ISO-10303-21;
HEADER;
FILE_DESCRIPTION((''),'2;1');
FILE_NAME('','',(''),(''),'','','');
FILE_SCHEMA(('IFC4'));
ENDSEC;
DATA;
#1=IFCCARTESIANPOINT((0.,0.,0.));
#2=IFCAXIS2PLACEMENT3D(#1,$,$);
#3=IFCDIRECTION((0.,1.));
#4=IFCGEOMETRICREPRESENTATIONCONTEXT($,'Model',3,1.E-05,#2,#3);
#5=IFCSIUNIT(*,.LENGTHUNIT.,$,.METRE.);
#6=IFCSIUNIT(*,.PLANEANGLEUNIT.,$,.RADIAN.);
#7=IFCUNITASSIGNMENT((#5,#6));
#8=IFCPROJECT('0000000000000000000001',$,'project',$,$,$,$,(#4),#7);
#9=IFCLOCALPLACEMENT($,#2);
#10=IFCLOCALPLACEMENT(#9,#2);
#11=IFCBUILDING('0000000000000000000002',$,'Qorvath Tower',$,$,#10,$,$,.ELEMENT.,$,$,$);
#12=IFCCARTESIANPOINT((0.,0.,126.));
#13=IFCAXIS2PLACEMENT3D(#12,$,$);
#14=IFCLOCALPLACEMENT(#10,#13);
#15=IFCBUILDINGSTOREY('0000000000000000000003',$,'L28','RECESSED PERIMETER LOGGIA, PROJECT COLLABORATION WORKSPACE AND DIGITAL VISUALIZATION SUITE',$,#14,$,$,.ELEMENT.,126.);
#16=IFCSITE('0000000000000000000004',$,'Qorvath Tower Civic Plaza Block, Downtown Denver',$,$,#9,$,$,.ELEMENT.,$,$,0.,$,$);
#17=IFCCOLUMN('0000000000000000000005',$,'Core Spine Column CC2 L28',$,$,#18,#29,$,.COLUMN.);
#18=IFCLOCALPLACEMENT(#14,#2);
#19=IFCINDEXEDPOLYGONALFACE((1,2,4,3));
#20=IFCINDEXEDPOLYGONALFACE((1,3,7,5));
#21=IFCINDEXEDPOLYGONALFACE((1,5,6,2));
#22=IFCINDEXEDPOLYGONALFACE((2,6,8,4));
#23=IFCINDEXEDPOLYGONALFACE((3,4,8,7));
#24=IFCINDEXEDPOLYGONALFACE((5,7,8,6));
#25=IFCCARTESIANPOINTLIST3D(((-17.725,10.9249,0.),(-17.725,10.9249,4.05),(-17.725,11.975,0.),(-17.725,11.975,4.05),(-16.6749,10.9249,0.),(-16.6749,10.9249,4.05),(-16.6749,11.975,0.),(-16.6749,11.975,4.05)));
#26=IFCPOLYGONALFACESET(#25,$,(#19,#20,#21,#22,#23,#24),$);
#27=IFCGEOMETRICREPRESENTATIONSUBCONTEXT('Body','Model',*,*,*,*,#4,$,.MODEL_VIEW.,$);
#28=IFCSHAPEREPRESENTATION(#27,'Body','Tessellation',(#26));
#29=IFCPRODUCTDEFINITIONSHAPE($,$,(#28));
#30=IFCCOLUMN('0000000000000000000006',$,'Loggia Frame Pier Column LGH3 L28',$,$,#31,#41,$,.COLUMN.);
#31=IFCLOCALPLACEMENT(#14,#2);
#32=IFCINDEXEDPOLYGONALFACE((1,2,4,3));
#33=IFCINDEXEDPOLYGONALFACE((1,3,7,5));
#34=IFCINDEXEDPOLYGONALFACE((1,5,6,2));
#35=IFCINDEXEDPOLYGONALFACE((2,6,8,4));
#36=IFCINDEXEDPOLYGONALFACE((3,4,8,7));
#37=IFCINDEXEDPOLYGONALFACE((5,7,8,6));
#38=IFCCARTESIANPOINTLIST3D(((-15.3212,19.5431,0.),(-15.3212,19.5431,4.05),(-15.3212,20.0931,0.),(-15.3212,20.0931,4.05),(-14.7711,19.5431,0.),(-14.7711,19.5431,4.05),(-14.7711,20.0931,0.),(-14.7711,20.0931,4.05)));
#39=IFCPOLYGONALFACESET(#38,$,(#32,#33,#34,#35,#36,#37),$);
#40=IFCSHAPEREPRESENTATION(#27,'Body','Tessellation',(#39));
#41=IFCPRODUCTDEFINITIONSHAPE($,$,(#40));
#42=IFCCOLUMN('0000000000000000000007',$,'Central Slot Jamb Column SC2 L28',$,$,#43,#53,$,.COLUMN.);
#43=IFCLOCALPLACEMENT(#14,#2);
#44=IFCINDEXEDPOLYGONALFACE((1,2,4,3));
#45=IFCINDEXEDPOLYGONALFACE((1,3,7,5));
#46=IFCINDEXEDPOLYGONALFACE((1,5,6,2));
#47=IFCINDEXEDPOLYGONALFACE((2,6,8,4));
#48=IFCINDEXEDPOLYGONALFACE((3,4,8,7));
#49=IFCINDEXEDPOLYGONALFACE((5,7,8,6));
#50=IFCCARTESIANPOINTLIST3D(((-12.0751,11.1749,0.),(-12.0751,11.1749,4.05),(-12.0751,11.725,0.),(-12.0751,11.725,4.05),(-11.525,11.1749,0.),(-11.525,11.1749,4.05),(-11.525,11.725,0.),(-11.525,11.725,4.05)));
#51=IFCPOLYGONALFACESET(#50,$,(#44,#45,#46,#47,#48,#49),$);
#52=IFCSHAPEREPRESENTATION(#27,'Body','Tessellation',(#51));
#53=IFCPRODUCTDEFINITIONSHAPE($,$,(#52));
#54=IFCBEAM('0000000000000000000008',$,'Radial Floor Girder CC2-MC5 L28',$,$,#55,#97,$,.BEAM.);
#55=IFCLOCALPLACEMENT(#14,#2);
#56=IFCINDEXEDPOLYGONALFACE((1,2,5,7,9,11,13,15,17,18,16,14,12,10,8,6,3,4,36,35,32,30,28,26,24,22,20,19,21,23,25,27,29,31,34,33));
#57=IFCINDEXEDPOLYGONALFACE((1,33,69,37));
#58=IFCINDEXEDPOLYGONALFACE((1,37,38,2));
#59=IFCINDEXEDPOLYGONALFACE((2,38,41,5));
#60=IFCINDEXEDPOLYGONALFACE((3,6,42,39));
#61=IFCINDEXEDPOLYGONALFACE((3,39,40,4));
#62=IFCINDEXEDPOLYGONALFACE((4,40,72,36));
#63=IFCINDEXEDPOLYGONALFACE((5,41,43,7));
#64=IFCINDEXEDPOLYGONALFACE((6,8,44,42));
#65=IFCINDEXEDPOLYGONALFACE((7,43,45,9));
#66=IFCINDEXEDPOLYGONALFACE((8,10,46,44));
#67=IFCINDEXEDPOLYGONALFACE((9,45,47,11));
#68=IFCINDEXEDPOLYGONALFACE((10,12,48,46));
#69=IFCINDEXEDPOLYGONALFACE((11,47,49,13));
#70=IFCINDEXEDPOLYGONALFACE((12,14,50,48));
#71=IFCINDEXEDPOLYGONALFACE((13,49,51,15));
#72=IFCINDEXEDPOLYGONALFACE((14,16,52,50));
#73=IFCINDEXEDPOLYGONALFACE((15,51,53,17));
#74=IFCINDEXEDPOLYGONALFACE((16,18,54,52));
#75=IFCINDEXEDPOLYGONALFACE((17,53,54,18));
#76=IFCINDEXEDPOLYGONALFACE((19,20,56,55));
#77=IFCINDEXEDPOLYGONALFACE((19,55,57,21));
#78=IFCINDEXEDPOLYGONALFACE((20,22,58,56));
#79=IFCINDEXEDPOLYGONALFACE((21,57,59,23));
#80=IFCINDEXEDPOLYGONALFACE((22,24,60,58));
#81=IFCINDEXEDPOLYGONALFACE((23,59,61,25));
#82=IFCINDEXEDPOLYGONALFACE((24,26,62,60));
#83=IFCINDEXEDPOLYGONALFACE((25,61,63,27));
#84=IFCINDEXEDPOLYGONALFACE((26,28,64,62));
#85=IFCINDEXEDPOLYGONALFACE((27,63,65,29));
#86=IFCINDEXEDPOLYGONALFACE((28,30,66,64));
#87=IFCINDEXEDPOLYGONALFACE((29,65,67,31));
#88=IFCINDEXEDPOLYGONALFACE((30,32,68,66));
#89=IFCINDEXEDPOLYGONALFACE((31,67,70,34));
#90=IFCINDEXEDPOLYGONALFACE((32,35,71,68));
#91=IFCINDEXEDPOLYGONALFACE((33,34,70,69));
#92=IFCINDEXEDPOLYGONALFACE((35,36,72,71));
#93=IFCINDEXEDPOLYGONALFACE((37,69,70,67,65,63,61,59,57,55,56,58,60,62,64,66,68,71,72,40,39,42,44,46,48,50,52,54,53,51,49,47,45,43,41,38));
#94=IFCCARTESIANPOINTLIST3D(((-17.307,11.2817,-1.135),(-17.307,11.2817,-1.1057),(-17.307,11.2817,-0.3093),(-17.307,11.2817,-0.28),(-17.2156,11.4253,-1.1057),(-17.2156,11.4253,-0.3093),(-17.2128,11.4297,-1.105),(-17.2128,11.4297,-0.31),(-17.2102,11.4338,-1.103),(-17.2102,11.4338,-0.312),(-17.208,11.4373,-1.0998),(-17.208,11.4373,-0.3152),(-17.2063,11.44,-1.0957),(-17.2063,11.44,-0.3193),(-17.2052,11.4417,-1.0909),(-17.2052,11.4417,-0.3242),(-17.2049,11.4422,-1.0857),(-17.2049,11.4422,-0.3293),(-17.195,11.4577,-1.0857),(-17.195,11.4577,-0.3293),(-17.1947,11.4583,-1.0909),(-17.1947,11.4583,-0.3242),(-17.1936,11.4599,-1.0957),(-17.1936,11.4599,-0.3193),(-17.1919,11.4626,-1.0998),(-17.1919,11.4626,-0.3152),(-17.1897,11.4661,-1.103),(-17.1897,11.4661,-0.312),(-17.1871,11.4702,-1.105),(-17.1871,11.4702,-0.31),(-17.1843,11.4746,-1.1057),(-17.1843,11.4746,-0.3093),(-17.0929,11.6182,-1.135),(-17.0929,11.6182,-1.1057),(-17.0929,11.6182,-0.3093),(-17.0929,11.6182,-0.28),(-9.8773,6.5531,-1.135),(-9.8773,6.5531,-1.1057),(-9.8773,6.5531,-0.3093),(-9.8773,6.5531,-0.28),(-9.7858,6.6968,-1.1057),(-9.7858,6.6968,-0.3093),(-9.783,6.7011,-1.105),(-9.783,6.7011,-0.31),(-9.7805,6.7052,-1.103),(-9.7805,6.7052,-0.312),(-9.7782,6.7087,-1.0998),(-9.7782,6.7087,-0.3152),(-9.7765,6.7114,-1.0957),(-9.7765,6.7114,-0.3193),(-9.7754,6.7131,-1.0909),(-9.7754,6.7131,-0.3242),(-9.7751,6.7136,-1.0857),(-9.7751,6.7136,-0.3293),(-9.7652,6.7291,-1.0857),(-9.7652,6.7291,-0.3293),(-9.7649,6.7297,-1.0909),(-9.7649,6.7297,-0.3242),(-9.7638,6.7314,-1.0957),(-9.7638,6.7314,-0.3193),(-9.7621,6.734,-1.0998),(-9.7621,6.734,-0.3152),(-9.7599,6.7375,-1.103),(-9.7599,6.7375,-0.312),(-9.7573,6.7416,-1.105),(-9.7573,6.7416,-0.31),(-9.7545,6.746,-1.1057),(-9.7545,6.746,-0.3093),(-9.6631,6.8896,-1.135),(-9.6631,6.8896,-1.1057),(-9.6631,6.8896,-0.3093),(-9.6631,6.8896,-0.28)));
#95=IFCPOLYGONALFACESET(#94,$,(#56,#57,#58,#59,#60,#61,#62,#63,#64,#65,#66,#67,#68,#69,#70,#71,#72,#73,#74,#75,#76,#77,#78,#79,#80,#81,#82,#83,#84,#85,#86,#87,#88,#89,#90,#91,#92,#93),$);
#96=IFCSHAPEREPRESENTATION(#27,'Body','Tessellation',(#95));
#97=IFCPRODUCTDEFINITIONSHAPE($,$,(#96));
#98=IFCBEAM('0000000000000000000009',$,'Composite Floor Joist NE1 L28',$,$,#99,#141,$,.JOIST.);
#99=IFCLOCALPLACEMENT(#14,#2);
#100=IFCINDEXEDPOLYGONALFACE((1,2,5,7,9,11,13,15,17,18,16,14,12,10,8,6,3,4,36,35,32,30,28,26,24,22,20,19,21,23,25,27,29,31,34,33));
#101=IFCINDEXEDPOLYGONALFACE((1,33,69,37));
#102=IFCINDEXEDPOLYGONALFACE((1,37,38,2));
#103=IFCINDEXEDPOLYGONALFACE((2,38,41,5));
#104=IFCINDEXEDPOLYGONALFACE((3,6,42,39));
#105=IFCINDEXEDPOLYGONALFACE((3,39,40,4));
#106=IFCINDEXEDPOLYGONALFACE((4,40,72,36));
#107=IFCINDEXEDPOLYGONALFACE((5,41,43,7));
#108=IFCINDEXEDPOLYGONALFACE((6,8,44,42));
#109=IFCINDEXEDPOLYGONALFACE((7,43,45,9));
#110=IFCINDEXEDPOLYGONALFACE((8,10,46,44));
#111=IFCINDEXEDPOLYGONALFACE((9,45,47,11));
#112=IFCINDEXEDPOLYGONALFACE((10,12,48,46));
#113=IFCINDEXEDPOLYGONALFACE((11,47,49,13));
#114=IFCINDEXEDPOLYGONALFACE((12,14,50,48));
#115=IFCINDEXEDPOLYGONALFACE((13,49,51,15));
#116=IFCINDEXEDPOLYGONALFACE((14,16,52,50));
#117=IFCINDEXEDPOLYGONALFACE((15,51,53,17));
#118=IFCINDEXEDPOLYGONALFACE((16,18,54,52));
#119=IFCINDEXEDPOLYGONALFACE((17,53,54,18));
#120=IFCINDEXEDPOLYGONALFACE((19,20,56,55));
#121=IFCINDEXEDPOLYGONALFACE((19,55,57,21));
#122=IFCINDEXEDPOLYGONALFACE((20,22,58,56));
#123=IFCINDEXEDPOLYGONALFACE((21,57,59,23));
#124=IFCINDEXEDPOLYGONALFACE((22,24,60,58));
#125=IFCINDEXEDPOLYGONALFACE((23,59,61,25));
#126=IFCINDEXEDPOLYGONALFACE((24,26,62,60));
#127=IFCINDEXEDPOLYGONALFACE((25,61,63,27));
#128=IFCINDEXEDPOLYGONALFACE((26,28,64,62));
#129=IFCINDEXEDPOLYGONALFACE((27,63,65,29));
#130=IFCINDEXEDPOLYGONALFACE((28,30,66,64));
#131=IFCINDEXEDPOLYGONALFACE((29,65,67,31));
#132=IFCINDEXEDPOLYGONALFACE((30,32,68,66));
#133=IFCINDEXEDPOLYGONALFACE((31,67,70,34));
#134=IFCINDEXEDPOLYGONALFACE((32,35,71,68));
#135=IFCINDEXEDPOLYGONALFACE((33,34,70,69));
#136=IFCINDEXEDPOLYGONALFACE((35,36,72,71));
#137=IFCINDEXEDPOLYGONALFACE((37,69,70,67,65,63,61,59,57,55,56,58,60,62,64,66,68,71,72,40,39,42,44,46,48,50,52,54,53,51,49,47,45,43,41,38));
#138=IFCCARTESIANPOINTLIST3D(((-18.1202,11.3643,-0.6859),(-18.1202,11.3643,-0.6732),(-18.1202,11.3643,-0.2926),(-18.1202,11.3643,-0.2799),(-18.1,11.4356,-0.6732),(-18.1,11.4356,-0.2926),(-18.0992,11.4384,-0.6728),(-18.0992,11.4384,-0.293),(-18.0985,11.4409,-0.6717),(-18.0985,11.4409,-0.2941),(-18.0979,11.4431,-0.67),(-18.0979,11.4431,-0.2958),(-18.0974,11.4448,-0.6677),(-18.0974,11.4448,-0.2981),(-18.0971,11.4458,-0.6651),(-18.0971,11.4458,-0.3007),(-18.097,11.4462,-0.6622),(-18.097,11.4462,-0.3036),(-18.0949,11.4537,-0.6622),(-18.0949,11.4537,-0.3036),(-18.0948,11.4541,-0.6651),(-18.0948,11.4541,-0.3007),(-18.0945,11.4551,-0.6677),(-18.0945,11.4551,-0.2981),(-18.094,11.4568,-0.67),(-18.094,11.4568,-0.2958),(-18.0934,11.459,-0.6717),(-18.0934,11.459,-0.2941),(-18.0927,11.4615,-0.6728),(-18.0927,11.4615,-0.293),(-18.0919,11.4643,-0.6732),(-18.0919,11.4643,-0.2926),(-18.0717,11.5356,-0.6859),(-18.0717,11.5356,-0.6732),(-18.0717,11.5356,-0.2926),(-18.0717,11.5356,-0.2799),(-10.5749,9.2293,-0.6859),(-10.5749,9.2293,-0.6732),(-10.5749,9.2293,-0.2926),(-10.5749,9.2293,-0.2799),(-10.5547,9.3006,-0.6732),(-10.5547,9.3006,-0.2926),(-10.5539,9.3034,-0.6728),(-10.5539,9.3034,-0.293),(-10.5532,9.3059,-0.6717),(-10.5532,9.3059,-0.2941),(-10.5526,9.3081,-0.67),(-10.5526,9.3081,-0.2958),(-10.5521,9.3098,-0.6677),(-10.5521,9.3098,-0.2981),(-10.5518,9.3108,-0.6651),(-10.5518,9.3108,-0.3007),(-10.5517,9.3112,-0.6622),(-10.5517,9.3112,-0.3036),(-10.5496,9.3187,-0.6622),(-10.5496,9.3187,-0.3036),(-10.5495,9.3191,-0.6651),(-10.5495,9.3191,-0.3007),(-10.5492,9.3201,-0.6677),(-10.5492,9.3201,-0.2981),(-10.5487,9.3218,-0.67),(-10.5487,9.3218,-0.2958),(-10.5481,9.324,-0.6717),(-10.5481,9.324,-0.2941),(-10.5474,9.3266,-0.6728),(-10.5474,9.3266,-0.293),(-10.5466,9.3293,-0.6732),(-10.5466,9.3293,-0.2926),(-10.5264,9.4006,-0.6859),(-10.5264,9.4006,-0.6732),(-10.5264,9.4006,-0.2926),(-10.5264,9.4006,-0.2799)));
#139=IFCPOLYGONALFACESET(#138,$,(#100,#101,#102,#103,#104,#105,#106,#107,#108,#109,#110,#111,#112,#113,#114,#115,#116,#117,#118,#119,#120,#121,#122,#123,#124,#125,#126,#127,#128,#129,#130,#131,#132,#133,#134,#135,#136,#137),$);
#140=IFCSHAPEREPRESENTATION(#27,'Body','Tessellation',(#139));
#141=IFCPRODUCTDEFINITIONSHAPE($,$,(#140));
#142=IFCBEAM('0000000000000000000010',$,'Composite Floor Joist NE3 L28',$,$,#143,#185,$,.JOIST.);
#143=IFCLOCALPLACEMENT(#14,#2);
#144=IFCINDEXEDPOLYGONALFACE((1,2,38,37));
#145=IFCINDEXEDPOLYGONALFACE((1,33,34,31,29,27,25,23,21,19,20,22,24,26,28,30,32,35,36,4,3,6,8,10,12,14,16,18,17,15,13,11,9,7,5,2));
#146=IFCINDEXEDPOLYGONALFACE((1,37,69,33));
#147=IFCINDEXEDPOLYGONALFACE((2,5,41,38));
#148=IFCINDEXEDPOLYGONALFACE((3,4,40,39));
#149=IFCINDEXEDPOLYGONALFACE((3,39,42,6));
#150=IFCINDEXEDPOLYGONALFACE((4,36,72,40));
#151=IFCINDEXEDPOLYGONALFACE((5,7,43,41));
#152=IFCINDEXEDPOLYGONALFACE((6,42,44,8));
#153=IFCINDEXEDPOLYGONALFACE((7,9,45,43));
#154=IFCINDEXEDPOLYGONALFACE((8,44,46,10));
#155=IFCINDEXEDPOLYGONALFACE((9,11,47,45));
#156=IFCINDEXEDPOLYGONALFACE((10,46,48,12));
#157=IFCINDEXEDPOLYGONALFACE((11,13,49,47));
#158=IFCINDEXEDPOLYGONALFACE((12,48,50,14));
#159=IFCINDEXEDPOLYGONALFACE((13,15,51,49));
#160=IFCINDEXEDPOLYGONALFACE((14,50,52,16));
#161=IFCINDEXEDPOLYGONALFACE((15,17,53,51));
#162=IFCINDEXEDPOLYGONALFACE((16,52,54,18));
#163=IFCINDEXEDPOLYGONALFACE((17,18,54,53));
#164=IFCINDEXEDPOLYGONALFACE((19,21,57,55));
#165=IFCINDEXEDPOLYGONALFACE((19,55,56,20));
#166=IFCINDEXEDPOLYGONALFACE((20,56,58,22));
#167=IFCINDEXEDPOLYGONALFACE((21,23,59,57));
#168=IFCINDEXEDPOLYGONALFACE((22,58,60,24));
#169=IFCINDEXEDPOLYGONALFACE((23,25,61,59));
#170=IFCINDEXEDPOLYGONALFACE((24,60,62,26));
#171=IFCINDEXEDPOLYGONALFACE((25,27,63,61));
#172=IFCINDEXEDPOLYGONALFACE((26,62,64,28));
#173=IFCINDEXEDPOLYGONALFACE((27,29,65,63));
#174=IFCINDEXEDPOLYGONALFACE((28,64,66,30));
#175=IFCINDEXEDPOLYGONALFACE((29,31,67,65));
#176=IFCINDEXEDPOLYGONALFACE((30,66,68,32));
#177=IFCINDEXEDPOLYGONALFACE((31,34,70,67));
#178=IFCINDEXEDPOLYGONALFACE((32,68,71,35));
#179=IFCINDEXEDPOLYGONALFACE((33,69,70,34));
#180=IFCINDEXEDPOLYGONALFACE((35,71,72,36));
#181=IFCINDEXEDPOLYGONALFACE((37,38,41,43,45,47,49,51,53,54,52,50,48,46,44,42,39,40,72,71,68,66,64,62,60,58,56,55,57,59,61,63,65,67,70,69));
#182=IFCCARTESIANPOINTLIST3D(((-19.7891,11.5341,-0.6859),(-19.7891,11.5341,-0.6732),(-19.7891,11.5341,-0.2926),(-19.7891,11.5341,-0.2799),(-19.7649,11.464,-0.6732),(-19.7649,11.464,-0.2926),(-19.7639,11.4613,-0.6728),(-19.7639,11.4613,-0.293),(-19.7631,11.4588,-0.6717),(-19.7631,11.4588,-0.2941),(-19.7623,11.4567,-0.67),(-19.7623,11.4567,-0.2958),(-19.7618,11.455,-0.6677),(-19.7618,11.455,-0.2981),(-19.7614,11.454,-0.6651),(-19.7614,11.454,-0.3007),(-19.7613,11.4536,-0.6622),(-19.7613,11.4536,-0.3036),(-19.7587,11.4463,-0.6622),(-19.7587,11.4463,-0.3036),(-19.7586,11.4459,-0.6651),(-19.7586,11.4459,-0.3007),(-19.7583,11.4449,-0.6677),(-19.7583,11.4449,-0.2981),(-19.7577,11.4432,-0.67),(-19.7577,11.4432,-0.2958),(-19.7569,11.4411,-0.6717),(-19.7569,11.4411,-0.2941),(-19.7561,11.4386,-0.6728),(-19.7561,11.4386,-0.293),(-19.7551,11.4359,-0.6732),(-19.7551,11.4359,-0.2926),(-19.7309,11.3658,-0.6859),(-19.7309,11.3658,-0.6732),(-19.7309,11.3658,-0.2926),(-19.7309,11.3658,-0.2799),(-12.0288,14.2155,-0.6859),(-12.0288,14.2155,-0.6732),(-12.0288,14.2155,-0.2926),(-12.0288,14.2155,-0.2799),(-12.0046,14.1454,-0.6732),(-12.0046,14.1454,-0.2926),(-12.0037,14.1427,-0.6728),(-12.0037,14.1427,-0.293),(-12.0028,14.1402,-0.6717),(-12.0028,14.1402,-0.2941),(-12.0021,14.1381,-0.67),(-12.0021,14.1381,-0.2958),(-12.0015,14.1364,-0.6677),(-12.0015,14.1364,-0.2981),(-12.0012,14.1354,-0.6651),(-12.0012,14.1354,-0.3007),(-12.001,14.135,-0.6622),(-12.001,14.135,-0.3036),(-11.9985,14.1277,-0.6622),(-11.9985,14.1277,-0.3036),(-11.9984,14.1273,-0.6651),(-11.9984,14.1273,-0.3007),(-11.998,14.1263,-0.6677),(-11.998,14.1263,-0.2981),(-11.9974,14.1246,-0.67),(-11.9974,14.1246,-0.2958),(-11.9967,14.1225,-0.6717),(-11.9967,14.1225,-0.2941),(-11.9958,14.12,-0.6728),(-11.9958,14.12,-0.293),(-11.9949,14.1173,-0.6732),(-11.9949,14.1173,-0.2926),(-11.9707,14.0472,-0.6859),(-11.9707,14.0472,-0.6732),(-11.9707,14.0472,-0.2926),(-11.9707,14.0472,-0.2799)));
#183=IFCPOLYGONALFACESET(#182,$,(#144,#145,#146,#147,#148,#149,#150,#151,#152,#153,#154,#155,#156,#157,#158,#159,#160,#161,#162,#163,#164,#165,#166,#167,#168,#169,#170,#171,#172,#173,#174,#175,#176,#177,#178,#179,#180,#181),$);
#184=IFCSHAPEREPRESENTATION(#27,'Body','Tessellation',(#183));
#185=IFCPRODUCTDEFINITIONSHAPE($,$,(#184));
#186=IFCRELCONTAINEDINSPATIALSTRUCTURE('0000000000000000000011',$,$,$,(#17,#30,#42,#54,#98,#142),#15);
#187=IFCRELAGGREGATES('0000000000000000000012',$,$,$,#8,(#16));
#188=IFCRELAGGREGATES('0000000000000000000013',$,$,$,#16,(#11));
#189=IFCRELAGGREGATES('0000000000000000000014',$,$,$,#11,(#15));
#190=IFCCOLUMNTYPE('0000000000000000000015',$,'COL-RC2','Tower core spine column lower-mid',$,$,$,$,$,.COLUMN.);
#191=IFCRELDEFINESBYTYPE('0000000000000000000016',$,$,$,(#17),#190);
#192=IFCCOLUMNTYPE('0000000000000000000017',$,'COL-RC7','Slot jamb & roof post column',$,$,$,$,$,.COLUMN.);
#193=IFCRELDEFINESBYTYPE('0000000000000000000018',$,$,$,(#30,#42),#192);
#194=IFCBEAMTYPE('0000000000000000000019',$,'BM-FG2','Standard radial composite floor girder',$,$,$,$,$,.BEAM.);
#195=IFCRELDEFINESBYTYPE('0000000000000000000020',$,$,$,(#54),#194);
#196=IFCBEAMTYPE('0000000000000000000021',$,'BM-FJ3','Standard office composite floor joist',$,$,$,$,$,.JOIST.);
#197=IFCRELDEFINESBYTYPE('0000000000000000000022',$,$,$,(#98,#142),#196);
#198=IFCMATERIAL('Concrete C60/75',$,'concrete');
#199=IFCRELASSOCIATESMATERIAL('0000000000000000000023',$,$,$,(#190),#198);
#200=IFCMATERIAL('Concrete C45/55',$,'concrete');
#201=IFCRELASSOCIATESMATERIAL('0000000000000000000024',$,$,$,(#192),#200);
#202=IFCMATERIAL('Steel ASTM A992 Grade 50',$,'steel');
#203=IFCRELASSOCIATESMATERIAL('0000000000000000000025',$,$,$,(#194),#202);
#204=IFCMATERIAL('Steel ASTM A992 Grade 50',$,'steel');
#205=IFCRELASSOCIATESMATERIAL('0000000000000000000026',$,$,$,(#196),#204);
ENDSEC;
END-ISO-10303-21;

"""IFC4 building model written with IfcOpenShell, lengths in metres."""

from ifc_helpers import new_model, si_unit, direction, frame, origin, origin_2d, place, context, subcontext, project, spatial, rectangle, i_section, extrude, material, material_profile, profile_set, type_object, element, save


model = new_model("IFC4")

# Units and contexts
model_context = context("Model", 3, precision=1e-05, world=origin(), true_north=direction((0.0, 1.0)))
body_context = subcontext(model_context, "Body", "Model", "MODEL_VIEW")
ifc_project = project(units=[si_unit("LENGTHUNIT", "METRE"), si_unit("PLANEANGLEUNIT", "RADIAN")], contexts=[model_context])

# Site, building, storey
site_placement = place(None, origin())
site = spatial("IfcSite", under=ifc_project, at=site_placement, Name="Qorvath Tower Civic Plaza Block, Downtown Denver", CompositionType="ELEMENT", RefElevation=0.0)
building_placement = place(site_placement, origin())
building = spatial("IfcBuilding", under=site, at=building_placement, Name="Qorvath Tower", CompositionType="ELEMENT")
storey_placement = place(building_placement, frame((0.0, 0.0, 126.0)))
storey = spatial("IfcBuildingStorey", under=building, at=storey_placement, Name="L28", Description="RECESSED PERIMETER LOGGIA, PROJECT COLLABORATION WORKSPACE AND DIGITAL VISUALIZATION SUITE", CompositionType="ELEMENT", Elevation=126.0)

# Columns
ifc_material_1 = material(Name="Concrete C60/75", Category="concrete")
ifc_material_profile_1 = material_profile(ifc_material_1, rectangle(XDim=1.05, YDim=1.05, at=origin_2d()), Name="RC 1050x1050")
ifc_profile_set_1 = profile_set([ifc_material_profile_1], Name="Concrete C60/75")
column_type_1 = type_object("IfcColumnType", Name="COL-RC2", Description="Tower core spine column lower-mid", PredefinedType="COLUMN", material=ifc_profile_set_1)
column_placement = place(storey_placement, frame((-17.2, 11.45, 0.0), z_axis=(0.0, 0.0, 1.0), x_axis=(1.0, 0.0, 0.0)))
element("IfcColumn", 1, at=column_placement, inside=storey, type_object=column_type_1, Name="Core Spine Column CC2 L28", PredefinedType="COLUMN", context=body_context, shape_type="SweptSolid", body=[
    extrude(rectangle(XDim=1.05, YDim=1.05, at=origin_2d()), origin(), (0.0, 0.0, 1.0), 4.05),
])
ifc_material_2 = material(Name="Concrete C45/55", Category="concrete")
ifc_material_profile_2 = material_profile(ifc_material_2, rectangle(XDim=0.55, YDim=0.55, at=origin_2d()), Name="RC 550x550")
ifc_profile_set_2 = profile_set([ifc_material_profile_2], Name="Concrete C45/55")
column_type_2 = type_object("IfcColumnType", Name="COL-RC7", Description="Slot jamb & roof post column", PredefinedType="COLUMN", material=ifc_profile_set_2)
for number, where, z_axis, x_axis, name in (
    (2, (-15.0461, 19.8181, 0.0), (0.0, 0.0, 1.0), (1.0, 0.0, 0.0), "Loggia Frame Pier Column LGH3 L28"),
    (3, (-11.8, 11.45, 0.0), (0.0, 0.0, 1.0), (1.0, 0.0, 0.0), "Central Slot Jamb Column SC2 L28"),
):
    element("IfcColumn", number, at=place(storey_placement, frame(where, z_axis=z_axis, x_axis=x_axis)), inside=storey, type_object=column_type_2, Name=name, PredefinedType="COLUMN", context=body_context, shape_type="SweptSolid", body=[
        extrude(rectangle(XDim=0.55, YDim=0.55, at=origin_2d()), origin(), (0.0, 0.0, 1.0), 4.05),
    ])

# Beams
ifc_material_3 = material(Name="Steel ASTM A992 Grade 50", Category="steel")
ifc_material_profile_3 = material_profile(ifc_material_3, i_section(OverallWidth=0.3989, OverallDepth=0.855, WebThickness=0.0183, FlangeThickness=0.0293, FilletRadius=0.02, at=origin_2d()), Name="W33x201")
ifc_profile_set_3 = profile_set([ifc_material_profile_3], Name="Steel ASTM A992 Grade 50")
beam_type_1 = type_object("IfcBeamType", Name="BM-FG2", Description="Standard radial composite floor girder", PredefinedType="BEAM", material=ifc_profile_set_3)
beam_1_placement = place(storey_placement, frame((-17.2, 11.45, -0.7075), z_axis=(0.843634, -0.536919, 0.0), x_axis=(0.536919, 0.843634, 0.0)))
element("IfcBeam", 4, at=beam_1_placement, inside=storey, type_object=beam_type_1, Name="Radial Floor Girder CC2-MC5 L28", PredefinedType="BEAM", context=body_context, shape_type="SweptSolid", body=[
    extrude(i_section(OverallWidth=0.3989, OverallDepth=0.855, WebThickness=0.0183, FlangeThickness=0.0293, FilletRadius=0.02, at=origin_2d()), origin(), (0.0, 0.0, 1.0), 8.8069),
])
ifc_material_4 = material(Name="Steel ASTM A992 Grade 50", Category="steel")
ifc_material_profile_4 = material_profile(ifc_material_4, i_section(OverallWidth=0.178, OverallDepth=0.406, WebThickness=0.0078, FlangeThickness=0.0127, FilletRadius=0.011, at=origin_2d()), Name="W16x40")
ifc_profile_set_4 = profile_set([ifc_material_profile_4], Name="Steel ASTM A992 Grade 50")
beam_type_2 = type_object("IfcBeamType", Name="BM-FJ3", Description="Standard office composite floor joist", PredefinedType="JOIST", material=ifc_profile_set_4)
beam_2_placement = place(storey_placement, frame((-18.0959, 11.45, -0.4829), z_axis=(0.962222, -0.272265, 0.0), x_axis=(0.272265, 0.962222, 0.0)))
element("IfcBeam", 5, at=beam_2_placement, inside=storey, type_object=beam_type_2, Name="Composite Floor Joist NE1 L28", PredefinedType="JOIST", context=body_context, shape_type="SweptSolid", body=[
    extrude(i_section(OverallWidth=0.178, OverallDepth=0.406, WebThickness=0.0078, FlangeThickness=0.0127, FilletRadius=0.011, at=origin_2d()), origin(), (0.0, 0.0, 1.0), 7.8416),
])
beam_3_placement = place(storey_placement, frame((-19.76, 11.45, -0.4829), z_axis=(0.945168, 0.326584, 0.0), x_axis=(-0.326584, 0.945168, 0.0)))
element("IfcBeam", 6, at=beam_3_placement, inside=storey, type_object=beam_type_2, Name="Composite Floor Joist NE3 L28", PredefinedType="JOIST", context=body_context, shape_type="SweptSolid", body=[
    extrude(i_section(OverallWidth=0.178, OverallDepth=0.406, WebThickness=0.0078, FlangeThickness=0.0127, FilletRadius=0.011, at=origin_2d()), origin(), (0.0, 0.0, 1.0), 8.2104),
])

save(model, "model.ifc")
